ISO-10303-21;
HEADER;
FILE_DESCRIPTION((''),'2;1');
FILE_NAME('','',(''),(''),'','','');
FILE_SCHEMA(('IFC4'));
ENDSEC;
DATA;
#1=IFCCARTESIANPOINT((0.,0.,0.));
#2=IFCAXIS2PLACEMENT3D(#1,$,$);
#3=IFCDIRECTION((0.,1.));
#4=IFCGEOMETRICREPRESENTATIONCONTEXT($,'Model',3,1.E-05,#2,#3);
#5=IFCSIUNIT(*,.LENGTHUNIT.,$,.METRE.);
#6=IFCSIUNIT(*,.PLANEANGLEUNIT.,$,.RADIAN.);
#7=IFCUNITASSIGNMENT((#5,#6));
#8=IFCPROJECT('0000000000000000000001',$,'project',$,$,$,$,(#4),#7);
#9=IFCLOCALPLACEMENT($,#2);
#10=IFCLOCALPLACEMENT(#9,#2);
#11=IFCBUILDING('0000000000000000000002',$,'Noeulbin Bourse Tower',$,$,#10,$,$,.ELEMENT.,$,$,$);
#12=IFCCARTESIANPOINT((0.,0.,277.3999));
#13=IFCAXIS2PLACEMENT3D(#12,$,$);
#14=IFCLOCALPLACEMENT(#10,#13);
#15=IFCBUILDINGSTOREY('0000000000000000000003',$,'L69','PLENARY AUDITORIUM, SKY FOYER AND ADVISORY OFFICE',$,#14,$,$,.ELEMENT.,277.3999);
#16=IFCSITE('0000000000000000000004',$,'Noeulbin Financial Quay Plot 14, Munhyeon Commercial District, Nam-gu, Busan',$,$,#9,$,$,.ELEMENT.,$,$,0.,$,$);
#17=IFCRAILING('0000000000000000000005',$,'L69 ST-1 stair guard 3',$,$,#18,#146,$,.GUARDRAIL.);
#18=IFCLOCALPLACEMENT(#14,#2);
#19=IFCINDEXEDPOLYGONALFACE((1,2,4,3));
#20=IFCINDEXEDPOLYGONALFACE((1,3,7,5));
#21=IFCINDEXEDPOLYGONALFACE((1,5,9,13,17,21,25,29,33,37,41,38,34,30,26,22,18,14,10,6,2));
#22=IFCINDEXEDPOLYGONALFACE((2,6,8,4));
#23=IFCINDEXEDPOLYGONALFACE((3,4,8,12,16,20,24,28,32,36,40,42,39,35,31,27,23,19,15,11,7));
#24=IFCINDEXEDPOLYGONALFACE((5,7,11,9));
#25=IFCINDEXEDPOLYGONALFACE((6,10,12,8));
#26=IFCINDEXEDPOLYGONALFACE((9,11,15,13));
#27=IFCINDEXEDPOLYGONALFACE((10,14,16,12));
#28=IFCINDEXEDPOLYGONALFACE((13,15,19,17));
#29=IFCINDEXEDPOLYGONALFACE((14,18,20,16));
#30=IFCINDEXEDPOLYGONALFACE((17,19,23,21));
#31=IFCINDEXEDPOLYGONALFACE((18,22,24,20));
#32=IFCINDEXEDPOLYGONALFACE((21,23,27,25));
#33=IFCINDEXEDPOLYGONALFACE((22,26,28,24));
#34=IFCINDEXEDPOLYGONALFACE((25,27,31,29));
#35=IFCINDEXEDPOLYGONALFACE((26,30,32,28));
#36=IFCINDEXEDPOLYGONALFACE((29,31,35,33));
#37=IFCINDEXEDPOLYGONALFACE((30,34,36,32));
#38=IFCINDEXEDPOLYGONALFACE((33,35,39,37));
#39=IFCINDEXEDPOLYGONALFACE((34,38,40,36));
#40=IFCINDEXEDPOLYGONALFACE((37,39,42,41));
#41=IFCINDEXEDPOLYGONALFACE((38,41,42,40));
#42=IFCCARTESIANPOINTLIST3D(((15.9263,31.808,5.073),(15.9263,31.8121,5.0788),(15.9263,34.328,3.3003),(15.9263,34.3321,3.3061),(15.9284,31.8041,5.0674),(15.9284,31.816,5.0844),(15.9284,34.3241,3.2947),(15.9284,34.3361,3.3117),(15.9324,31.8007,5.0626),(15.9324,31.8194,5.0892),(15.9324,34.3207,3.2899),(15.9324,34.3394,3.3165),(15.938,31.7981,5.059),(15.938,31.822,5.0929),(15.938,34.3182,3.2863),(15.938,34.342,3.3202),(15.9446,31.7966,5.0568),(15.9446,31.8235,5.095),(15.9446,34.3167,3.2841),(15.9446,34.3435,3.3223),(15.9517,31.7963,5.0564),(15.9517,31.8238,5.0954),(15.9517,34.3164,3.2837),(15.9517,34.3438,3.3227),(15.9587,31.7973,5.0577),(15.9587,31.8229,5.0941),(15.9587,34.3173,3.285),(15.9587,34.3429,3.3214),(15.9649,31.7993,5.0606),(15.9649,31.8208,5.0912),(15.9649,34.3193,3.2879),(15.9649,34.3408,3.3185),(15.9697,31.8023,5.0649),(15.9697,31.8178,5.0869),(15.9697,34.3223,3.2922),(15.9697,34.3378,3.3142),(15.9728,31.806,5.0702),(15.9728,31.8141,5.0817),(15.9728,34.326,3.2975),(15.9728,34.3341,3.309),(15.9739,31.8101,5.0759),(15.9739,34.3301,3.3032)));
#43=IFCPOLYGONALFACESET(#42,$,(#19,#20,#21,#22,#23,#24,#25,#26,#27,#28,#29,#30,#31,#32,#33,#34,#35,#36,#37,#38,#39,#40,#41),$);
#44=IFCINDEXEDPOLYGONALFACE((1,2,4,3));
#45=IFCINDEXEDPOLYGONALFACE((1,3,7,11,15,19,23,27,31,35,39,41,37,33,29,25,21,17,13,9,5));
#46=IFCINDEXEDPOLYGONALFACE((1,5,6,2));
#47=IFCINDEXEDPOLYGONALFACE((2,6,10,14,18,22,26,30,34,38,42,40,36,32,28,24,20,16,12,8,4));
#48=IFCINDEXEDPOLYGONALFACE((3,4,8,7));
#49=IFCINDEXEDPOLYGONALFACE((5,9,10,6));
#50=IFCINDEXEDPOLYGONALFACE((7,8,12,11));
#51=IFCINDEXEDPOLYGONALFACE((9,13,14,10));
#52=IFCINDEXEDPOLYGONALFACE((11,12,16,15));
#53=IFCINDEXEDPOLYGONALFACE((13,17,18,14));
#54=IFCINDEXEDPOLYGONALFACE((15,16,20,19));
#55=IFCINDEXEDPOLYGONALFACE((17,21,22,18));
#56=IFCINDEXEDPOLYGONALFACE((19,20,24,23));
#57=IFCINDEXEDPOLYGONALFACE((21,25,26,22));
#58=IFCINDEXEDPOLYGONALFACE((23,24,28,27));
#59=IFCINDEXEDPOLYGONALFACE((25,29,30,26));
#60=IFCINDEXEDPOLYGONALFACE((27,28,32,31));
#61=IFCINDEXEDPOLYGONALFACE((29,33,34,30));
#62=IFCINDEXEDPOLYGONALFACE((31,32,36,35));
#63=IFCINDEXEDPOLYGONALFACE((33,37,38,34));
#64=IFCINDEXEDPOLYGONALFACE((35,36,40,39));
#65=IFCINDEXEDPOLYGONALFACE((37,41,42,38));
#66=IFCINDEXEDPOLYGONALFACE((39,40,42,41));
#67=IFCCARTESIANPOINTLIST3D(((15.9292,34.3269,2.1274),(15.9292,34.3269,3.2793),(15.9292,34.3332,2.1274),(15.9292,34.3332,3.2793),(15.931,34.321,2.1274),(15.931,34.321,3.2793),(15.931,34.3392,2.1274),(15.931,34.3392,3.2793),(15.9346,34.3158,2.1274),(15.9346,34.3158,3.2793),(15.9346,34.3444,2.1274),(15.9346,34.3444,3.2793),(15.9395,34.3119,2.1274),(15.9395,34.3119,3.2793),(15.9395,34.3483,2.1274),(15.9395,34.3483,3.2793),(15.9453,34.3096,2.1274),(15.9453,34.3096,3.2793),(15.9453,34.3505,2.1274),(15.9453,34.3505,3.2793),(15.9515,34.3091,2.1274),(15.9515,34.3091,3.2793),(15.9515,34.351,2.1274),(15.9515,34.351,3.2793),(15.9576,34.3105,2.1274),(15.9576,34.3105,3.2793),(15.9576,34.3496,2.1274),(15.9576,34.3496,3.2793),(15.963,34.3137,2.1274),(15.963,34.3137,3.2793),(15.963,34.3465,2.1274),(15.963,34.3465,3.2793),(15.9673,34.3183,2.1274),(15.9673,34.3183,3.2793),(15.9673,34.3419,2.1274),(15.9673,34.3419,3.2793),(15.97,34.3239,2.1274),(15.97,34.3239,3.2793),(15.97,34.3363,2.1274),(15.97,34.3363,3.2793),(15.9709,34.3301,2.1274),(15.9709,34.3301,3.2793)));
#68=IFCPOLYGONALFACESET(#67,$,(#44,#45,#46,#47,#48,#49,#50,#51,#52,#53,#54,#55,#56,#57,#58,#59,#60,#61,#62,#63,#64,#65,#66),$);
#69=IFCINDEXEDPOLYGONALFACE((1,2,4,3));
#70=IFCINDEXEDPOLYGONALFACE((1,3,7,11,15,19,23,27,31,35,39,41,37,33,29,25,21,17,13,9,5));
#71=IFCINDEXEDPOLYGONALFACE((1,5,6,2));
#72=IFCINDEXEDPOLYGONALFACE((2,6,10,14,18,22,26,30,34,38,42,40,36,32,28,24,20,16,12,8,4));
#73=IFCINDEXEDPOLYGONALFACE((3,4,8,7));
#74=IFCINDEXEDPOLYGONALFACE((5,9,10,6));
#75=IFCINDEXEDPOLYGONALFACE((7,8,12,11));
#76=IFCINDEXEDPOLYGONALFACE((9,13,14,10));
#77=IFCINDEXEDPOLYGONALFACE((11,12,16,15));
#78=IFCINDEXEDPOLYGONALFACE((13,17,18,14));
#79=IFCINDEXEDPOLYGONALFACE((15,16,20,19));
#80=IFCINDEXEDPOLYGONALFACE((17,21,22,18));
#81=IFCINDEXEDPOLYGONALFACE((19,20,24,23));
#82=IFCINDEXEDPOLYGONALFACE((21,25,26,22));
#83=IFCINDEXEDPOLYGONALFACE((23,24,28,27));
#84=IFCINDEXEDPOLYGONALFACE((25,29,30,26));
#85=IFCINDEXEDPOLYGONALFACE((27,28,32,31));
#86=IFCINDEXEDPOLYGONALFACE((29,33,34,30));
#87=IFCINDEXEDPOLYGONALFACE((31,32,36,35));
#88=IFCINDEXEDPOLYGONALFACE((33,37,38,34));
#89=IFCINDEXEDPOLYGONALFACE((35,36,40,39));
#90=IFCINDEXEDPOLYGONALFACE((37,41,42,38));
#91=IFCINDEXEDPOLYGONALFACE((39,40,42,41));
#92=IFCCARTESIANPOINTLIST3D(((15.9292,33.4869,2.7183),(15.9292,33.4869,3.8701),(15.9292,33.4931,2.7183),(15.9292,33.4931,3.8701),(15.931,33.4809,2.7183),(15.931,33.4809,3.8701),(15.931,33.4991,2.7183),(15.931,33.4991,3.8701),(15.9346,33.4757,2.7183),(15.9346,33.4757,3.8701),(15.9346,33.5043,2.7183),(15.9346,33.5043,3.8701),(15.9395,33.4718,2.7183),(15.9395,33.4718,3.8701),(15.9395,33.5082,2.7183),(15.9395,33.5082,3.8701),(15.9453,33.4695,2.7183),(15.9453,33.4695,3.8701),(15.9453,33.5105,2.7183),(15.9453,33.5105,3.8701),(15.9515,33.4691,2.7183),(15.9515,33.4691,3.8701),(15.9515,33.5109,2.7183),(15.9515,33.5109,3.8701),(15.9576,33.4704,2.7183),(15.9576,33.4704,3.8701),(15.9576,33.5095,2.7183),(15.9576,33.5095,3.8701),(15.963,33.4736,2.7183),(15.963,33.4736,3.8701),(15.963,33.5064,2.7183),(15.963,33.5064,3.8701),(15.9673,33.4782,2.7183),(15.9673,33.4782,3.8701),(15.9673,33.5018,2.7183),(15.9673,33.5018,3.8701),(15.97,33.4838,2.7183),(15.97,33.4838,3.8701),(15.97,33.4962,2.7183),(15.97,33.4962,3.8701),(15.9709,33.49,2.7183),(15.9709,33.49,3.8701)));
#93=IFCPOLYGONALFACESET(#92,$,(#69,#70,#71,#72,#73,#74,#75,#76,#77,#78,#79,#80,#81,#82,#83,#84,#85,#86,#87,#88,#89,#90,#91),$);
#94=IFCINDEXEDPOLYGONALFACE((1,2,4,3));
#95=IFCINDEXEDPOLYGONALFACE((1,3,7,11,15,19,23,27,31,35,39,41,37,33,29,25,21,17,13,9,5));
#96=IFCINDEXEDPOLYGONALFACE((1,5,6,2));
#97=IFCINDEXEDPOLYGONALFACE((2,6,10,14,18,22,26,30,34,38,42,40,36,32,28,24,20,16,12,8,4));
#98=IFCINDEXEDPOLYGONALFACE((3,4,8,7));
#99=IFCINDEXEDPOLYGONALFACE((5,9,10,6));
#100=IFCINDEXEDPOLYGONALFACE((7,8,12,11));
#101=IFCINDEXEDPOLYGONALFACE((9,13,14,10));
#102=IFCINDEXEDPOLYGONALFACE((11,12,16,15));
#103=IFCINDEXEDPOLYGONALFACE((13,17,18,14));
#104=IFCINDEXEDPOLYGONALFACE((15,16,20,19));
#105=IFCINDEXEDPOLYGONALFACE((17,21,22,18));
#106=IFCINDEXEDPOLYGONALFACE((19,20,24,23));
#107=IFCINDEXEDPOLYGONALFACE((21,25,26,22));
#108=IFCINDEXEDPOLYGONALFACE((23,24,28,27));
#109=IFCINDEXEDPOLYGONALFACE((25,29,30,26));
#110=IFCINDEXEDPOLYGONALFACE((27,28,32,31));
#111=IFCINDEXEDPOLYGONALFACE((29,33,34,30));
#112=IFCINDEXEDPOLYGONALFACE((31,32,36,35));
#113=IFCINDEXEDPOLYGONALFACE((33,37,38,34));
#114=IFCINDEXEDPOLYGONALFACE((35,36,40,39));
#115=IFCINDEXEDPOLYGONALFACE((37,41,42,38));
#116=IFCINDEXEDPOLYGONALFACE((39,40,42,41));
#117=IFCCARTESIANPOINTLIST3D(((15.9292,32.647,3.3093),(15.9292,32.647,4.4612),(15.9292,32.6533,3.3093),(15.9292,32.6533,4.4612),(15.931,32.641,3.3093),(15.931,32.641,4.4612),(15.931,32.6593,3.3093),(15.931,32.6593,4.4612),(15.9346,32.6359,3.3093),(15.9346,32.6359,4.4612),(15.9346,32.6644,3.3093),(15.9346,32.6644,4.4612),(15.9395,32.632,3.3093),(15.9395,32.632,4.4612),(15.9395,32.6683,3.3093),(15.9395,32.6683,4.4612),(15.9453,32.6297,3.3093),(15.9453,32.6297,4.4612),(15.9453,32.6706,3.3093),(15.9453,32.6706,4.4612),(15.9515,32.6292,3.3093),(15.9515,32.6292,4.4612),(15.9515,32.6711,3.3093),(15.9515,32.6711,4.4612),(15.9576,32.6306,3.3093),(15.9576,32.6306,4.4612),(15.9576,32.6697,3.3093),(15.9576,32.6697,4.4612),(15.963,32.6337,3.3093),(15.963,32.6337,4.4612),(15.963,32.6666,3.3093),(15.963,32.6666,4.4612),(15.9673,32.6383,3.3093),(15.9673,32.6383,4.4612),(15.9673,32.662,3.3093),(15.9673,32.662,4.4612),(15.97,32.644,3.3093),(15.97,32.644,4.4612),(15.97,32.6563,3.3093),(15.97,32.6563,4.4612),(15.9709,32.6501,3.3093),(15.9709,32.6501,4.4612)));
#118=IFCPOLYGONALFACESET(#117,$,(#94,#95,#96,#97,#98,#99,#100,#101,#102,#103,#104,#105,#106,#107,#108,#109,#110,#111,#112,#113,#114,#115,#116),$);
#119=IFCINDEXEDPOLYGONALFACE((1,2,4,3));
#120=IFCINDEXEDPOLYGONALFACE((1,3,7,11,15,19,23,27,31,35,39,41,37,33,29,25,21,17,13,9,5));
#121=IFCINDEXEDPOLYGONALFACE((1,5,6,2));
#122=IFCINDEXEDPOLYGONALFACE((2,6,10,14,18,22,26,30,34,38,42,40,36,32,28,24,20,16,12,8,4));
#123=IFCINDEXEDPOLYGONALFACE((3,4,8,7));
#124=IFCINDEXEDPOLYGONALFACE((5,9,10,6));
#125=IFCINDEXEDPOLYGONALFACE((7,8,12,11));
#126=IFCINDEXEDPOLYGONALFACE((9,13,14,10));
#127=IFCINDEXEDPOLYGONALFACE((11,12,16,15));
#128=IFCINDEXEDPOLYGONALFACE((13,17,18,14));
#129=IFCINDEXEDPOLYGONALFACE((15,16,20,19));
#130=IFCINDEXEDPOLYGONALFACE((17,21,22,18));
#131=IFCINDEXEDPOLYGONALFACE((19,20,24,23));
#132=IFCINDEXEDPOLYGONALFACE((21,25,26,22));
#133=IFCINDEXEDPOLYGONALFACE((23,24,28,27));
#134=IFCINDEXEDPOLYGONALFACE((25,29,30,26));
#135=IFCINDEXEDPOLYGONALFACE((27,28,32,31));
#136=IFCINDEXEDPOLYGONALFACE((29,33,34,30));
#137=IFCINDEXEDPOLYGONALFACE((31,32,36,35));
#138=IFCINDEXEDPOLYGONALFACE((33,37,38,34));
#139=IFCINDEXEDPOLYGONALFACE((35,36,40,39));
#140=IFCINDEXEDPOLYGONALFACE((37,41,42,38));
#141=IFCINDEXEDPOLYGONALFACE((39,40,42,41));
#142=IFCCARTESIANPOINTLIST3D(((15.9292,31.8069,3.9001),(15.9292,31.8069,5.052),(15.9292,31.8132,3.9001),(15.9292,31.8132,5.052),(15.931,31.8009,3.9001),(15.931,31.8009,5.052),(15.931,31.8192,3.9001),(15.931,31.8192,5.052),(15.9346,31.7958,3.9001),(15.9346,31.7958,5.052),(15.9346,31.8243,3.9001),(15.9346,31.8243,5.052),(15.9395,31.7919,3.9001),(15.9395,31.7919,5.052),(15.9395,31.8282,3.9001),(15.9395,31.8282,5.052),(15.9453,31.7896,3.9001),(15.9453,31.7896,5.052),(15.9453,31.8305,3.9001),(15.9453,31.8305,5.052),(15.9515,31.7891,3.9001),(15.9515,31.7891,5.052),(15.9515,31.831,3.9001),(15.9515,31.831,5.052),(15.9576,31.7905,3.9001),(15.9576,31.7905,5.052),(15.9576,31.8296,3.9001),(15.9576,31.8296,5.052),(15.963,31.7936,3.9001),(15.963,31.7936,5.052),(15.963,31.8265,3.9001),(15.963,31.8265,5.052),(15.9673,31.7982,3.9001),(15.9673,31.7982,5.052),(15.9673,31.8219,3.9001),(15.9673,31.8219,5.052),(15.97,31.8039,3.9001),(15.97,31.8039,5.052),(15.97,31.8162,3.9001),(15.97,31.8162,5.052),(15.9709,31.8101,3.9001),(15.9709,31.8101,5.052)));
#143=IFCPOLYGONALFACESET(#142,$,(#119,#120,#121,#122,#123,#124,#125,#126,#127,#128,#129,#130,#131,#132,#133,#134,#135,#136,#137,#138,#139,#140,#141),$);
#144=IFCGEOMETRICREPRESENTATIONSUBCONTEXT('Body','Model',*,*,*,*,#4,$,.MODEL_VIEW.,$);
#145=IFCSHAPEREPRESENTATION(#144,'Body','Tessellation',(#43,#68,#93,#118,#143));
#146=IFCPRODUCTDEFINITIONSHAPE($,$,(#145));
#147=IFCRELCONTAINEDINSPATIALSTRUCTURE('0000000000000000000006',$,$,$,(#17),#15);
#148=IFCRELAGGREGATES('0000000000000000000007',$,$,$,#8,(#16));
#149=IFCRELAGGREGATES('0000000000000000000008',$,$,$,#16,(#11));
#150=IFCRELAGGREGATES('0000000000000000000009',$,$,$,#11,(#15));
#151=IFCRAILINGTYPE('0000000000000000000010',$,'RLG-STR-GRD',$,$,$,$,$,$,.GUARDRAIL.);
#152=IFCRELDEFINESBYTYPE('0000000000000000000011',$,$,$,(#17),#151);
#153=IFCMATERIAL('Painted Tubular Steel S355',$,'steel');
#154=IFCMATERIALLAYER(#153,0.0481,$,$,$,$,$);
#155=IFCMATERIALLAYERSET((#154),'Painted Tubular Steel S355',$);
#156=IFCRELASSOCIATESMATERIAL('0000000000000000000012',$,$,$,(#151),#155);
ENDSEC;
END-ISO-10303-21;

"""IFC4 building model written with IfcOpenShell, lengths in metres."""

from ifc_helpers import new_model, si_unit, direction, frame, origin, origin_2d, place, context, subcontext, project, spatial, circle, extrude, material, layer, layer_set, type_object, element, save


model = new_model("IFC4")

# Units and contexts
model_context = context("Model", 3, precision=1e-05, world=origin(), true_north=direction((0.0, 1.0)))
body_context = subcontext(model_context, "Body", "Model", "MODEL_VIEW")
ifc_project = project(units=[si_unit("LENGTHUNIT", "METRE"), si_unit("PLANEANGLEUNIT", "RADIAN")], contexts=[model_context])

# Site, building, storey
site_placement = place(None, origin())
site = spatial("IfcSite", under=ifc_project, at=site_placement, Name="Noeulbin Financial Quay Plot 14, Munhyeon Commercial District, Nam-gu, Busan", CompositionType="ELEMENT", RefElevation=0.0)
building_placement = place(site_placement, origin())
building = spatial("IfcBuilding", under=site, at=building_placement, Name="Noeulbin Bourse Tower", CompositionType="ELEMENT")
storey_placement = place(building_placement, frame((0.0, 0.0, 277.3999)))
storey = spatial("IfcBuildingStorey", under=building, at=storey_placement, Name="L69", Description="PLENARY AUDITORIUM, SKY FOYER AND ADVISORY OFFICE", CompositionType="ELEMENT", Elevation=277.3999)

# Railing
ifc_material_1 = material(Name="Painted Tubular Steel S355", Category="steel")
ifc_layer_1 = layer(ifc_material_1, 0.0481)
ifc_layer_set_1 = layer_set([ifc_layer_1], Name="Painted Tubular Steel S355")
railing_type_1 = type_object("IfcRailingType", Name="RLG-STR-GRD", PredefinedType="GUARDRAIL", material=ifc_layer_set_1)
railing_1_placement = place(storey_placement, frame((15.95, 34.3301, 2.1274)))
element("IfcRailing", 1, at=railing_1_placement, inside=storey, type_object=railing_type_1, Name="L69 ST-1 stair guard 3", PredefinedType="GUARDRAIL", context=body_context, shape_type="SweptSolid", body=[
    extrude(circle(Radius=0.0239, at=origin_2d()), frame((0.0, 0.0, 1.1758), z_axis=(0.0, -0.817904, 0.575354), x_axis=(1.0, 0.0, 0.0)), (0.0, 0.0, 1.0), 3.0811),
    extrude(circle(Radius=0.021, at=origin_2d()), origin(), (0.0, 0.0, 1.0), 1.1519),
    extrude(circle(Radius=0.021, at=origin_2d()), frame((0.0, -0.8401, 0.5908)), (0.0, 0.0, 1.0), 1.1519),
    extrude(circle(Radius=0.021, at=origin_2d()), frame((0.0, -1.6799, 1.1819)), (0.0, 0.0, 1.0), 1.1519),
    extrude(circle(Radius=0.021, at=origin_2d()), frame((0.0, -2.52, 1.7727)), (0.0, 0.0, 1.0), 1.1519),
])

save(model, "model.ifc")
